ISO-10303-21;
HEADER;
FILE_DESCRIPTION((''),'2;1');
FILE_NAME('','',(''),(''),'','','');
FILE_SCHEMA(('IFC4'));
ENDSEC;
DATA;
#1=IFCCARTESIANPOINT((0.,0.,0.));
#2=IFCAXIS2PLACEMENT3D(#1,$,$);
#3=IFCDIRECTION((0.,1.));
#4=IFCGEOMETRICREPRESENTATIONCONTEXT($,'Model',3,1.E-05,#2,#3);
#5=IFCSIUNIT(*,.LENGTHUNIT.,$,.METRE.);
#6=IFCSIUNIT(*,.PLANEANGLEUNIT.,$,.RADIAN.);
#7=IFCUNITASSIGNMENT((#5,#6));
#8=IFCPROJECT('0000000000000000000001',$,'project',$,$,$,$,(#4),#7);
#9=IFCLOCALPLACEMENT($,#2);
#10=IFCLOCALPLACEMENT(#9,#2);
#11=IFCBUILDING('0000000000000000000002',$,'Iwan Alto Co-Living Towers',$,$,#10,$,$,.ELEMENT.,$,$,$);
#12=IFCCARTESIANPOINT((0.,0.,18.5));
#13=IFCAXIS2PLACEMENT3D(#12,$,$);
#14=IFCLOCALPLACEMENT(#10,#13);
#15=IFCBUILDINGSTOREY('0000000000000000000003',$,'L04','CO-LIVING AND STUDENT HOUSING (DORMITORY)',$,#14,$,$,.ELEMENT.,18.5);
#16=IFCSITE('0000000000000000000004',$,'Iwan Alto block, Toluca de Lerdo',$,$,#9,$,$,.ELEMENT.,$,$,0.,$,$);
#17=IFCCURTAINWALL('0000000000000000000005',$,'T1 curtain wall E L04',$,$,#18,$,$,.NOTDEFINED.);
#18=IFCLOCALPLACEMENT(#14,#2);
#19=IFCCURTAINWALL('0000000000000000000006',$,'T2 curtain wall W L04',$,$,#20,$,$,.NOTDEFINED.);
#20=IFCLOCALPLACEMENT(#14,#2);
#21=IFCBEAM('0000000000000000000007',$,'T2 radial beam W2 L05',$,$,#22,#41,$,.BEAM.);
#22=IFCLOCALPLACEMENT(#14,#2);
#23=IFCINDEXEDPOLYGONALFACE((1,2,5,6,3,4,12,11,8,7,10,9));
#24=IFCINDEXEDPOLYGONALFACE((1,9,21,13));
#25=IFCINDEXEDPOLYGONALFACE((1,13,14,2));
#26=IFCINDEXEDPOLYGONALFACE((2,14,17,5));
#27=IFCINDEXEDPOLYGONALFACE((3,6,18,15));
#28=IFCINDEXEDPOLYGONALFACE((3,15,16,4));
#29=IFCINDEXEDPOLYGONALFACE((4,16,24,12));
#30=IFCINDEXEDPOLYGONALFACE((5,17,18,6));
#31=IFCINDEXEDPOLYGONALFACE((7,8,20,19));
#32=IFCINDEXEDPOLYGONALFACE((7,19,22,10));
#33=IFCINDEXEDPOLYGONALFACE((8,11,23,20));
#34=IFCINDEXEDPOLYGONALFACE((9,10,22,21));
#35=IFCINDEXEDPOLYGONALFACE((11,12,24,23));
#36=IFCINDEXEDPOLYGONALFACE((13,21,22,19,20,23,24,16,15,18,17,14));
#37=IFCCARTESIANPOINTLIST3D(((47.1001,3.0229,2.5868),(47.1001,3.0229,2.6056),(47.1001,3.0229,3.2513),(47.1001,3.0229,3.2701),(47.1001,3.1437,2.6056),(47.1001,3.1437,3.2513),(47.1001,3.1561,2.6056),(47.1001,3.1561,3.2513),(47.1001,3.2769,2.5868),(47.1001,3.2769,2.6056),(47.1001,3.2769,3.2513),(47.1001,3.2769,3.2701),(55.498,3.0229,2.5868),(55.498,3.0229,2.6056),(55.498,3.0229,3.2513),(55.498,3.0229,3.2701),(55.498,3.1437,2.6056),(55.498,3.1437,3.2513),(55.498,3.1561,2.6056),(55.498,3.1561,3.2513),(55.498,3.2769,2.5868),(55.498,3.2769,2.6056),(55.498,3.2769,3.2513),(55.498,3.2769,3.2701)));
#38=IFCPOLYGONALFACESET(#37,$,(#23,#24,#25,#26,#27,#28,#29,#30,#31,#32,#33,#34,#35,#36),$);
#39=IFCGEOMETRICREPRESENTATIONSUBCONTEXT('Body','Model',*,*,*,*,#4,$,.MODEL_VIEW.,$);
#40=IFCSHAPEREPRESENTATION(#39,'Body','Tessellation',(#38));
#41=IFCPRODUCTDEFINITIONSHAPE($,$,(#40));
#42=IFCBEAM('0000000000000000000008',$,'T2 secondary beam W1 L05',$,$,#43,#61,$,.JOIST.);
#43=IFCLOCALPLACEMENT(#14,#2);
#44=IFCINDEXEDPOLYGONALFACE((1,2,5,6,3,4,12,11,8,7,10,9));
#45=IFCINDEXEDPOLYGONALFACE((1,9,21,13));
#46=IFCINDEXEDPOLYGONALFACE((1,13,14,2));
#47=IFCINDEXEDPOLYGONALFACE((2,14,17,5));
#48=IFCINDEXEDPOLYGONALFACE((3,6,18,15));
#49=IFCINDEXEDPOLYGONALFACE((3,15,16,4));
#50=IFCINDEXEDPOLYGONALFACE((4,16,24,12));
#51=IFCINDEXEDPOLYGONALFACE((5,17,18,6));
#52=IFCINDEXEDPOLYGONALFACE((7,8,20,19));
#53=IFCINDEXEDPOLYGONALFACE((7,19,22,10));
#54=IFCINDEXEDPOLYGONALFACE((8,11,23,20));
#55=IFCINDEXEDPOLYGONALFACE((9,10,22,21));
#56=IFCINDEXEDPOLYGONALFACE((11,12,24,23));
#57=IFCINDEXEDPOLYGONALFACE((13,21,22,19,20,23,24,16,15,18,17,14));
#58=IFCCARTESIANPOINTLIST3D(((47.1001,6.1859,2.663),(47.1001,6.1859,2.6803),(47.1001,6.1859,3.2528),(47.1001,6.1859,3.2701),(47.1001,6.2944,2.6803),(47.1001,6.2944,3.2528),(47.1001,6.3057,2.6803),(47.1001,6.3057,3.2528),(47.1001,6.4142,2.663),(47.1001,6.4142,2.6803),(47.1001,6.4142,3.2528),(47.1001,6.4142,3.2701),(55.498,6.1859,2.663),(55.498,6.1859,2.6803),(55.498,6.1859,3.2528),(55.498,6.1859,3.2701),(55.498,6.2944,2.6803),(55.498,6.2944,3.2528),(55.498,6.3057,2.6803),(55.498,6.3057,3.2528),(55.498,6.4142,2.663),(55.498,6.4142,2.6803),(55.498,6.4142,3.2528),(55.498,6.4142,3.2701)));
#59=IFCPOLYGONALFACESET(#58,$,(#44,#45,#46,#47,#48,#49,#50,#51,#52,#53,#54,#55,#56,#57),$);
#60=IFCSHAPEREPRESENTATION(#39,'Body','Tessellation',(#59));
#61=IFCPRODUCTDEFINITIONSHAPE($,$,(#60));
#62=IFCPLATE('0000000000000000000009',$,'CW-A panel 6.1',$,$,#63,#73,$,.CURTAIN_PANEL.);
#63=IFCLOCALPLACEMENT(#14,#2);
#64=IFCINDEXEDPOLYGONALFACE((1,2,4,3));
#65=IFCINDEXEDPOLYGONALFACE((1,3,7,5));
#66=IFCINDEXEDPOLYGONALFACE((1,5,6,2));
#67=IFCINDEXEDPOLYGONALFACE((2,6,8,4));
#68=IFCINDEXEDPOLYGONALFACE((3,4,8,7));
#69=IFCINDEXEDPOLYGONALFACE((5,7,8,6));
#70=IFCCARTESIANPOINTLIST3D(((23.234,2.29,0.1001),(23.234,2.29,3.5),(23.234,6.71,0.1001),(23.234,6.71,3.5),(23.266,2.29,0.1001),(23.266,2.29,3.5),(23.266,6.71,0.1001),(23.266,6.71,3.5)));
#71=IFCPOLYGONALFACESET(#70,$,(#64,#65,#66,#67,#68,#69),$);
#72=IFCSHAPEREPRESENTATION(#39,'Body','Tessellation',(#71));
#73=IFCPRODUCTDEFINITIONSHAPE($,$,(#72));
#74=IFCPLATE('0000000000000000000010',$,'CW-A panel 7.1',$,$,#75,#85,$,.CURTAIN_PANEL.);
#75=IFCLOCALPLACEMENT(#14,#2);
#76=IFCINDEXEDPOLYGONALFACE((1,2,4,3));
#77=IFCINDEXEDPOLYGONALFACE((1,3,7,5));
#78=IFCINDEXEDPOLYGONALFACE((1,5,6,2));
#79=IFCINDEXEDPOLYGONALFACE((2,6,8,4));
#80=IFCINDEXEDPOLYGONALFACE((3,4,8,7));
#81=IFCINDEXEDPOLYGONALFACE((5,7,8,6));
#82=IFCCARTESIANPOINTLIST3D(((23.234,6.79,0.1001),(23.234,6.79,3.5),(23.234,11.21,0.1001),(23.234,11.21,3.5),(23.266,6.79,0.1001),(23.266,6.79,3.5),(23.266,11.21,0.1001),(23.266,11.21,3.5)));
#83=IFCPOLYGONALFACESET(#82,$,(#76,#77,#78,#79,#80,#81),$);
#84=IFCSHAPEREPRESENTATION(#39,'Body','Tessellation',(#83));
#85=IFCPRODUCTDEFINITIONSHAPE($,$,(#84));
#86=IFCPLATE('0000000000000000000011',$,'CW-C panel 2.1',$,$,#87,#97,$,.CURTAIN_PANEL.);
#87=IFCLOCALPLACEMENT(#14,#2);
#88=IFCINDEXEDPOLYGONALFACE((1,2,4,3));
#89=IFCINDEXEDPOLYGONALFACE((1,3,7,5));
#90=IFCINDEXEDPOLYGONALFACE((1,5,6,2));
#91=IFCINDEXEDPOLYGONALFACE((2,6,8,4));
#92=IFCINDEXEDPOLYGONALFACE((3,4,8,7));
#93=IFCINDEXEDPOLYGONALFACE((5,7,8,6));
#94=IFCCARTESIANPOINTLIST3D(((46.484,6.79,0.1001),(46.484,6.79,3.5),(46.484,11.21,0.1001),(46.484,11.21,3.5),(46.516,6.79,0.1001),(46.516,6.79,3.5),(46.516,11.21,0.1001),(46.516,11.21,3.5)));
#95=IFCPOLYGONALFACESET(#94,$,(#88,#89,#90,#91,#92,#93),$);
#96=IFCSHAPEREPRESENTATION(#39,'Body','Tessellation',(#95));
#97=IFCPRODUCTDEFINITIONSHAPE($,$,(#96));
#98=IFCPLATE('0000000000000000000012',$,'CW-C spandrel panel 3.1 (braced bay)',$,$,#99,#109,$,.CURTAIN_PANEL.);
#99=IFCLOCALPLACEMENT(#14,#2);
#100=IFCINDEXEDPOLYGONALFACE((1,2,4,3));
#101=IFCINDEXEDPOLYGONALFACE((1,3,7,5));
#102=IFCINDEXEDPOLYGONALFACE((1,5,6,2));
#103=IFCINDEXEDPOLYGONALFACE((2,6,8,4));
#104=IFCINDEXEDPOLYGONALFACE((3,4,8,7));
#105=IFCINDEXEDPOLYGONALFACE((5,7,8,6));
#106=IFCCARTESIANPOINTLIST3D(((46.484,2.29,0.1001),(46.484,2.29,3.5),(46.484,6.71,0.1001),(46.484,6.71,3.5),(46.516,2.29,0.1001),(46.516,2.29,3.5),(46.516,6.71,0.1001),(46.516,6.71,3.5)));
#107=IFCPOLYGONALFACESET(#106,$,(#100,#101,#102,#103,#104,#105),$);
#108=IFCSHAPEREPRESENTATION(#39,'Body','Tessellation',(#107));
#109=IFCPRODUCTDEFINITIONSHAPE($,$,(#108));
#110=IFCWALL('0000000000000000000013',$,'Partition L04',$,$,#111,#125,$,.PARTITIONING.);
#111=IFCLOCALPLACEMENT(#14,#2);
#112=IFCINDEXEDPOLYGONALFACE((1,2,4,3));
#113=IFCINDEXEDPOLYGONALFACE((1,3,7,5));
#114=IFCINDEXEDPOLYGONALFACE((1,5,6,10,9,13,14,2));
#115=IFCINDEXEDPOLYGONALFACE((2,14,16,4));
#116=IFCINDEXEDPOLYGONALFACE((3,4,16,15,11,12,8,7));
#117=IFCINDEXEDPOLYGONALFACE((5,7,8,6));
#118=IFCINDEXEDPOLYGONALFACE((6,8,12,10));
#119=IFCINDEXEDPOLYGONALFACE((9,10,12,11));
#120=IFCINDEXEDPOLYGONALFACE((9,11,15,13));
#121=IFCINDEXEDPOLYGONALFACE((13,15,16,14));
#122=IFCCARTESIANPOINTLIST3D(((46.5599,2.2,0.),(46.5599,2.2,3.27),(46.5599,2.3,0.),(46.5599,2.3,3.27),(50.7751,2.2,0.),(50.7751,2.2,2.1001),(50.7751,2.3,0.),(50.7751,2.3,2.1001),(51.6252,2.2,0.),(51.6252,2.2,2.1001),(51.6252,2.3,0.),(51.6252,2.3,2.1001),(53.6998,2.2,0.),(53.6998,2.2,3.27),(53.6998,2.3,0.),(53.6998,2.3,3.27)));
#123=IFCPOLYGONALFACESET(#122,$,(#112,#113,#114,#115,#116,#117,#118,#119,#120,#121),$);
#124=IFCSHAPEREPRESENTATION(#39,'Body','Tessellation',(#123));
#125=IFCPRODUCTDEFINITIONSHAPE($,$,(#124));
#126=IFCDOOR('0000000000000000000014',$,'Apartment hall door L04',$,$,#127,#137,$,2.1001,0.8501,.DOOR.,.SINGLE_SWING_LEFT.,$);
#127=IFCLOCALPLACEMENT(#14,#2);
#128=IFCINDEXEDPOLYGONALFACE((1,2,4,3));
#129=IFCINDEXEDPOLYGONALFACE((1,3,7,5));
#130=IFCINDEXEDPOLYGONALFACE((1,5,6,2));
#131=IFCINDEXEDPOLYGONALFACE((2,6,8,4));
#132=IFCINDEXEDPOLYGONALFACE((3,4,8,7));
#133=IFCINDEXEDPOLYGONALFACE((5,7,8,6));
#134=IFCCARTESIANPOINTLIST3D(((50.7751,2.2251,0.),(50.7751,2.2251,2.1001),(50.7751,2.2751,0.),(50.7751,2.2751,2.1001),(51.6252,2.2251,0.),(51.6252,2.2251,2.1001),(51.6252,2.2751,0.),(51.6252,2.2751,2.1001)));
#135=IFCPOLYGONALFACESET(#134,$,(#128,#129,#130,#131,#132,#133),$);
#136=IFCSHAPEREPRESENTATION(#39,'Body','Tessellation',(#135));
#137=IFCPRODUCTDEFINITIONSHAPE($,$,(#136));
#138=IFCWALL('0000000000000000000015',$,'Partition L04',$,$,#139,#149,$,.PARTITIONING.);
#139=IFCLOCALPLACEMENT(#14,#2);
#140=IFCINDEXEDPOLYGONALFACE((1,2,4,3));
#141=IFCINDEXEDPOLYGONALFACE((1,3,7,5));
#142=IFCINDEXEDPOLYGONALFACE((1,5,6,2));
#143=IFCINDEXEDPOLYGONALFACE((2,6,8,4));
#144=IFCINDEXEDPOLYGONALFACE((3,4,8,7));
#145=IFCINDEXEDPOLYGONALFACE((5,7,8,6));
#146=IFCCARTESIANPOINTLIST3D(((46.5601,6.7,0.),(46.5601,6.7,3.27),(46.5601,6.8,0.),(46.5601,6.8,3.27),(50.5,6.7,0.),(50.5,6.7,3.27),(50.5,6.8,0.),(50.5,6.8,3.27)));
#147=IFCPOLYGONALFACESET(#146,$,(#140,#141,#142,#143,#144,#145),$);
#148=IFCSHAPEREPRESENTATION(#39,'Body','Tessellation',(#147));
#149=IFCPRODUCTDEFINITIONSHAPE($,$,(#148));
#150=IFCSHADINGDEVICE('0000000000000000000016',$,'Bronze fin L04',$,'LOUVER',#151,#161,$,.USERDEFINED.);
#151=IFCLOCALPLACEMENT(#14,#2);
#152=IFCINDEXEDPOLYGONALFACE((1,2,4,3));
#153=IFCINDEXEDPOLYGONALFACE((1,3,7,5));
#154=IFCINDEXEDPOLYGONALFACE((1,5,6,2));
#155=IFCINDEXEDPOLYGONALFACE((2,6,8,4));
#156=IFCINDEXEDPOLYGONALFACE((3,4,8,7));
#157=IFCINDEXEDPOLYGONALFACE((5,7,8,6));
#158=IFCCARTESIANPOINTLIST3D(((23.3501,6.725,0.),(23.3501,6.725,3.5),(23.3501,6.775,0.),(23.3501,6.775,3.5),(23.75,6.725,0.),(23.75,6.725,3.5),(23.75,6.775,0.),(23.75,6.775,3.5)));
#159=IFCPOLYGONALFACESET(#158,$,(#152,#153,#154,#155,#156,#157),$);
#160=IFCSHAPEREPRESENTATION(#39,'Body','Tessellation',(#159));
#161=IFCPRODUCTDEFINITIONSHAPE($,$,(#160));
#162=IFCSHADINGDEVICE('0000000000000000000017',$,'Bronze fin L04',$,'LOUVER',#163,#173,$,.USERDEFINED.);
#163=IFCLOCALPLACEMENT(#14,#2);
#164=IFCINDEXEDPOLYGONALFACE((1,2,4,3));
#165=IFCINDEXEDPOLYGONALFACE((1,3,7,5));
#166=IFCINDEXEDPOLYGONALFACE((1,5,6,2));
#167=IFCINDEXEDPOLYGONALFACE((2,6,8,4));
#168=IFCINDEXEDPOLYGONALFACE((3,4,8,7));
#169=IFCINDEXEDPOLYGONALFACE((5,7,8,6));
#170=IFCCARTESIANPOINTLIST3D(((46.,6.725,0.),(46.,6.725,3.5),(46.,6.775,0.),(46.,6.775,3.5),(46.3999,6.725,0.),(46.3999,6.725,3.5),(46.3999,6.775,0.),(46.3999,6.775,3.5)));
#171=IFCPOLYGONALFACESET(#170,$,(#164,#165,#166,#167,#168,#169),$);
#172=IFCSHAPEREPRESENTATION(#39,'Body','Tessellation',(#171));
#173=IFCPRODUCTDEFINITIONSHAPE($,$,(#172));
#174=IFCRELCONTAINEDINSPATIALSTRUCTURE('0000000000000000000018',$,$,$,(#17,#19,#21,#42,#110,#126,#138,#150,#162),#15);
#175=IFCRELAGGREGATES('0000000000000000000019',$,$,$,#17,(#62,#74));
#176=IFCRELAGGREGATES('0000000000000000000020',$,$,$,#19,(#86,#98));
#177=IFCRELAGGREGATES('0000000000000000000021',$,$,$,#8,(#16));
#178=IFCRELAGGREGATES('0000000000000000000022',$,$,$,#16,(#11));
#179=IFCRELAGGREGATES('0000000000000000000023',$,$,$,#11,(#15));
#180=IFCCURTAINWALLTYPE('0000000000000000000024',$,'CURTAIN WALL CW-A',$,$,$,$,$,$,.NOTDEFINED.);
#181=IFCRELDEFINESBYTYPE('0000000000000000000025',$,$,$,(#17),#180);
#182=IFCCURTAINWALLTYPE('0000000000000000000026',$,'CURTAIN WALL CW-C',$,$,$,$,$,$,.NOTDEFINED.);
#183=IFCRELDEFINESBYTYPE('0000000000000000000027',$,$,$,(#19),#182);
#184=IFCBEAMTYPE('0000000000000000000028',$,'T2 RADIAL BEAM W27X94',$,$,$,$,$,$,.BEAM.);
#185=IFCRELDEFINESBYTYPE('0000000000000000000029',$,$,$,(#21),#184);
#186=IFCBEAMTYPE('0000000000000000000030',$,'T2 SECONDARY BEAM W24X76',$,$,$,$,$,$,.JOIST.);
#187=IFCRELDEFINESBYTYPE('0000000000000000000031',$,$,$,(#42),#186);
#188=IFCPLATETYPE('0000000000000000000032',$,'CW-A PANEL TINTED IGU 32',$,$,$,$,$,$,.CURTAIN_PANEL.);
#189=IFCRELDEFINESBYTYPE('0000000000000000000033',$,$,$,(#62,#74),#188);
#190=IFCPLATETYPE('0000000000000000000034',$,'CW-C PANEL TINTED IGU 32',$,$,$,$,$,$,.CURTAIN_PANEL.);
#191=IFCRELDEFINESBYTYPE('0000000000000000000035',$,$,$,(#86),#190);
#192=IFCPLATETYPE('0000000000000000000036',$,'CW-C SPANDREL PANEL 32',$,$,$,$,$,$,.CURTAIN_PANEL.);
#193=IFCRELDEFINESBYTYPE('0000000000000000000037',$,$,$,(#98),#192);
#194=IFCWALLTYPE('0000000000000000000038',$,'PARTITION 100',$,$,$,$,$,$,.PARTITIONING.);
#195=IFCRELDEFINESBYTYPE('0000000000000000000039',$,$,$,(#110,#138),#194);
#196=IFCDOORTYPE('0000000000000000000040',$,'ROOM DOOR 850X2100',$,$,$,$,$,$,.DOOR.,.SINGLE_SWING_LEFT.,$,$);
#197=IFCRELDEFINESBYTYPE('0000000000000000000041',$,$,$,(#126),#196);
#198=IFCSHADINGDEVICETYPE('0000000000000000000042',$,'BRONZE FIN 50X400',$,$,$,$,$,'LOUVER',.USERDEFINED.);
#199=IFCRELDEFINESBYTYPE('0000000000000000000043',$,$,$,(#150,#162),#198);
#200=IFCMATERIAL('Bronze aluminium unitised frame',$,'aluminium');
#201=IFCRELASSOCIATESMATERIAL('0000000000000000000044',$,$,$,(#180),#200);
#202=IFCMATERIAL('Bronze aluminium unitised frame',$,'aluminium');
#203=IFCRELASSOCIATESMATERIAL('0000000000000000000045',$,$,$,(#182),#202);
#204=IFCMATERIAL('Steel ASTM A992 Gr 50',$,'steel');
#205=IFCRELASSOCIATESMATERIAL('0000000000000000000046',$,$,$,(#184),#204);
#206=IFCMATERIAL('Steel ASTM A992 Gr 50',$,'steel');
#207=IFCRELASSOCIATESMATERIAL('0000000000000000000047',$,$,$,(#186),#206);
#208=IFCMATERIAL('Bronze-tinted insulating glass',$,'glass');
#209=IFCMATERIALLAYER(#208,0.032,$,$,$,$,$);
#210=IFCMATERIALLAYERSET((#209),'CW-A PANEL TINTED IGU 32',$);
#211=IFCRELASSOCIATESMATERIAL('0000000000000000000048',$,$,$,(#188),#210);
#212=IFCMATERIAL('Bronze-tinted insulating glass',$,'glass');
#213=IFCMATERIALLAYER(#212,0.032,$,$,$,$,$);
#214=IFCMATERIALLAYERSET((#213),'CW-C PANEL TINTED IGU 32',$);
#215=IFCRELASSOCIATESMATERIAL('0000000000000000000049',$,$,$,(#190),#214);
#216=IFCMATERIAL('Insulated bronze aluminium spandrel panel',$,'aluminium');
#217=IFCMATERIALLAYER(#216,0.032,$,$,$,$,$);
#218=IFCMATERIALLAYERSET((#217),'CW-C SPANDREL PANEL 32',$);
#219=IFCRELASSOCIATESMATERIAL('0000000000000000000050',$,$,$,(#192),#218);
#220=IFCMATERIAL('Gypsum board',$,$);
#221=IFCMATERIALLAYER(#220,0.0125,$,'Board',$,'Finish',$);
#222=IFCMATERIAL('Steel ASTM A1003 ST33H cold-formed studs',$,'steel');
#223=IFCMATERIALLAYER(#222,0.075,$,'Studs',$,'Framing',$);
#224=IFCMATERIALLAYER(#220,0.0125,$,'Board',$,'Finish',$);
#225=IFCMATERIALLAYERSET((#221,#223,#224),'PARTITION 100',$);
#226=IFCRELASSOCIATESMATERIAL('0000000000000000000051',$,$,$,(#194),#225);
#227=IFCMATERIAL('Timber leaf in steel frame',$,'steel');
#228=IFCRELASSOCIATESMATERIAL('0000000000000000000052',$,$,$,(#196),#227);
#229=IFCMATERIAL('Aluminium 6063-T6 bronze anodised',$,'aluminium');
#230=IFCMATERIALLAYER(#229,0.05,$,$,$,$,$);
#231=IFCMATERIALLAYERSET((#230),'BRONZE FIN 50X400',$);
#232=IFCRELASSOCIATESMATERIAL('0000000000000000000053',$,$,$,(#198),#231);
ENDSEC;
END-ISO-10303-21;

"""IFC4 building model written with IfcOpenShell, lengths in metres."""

from ifc_helpers import new_model, si_unit, direction, frame, frame_2d, origin, origin_2d, place, context, subcontext, project, spatial, rectangle, i_section, extrude, material, layer, layer_set, material_profile, profile_set, type_object, element, fill, aggregate, save


model = new_model("IFC4")

# Units and contexts
model_context = context("Model", 3, precision=1e-05, world=origin(), true_north=direction((0.0, 1.0)))
body_context = subcontext(model_context, "Body", "Model", "MODEL_VIEW")
ifc_project = project(units=[si_unit("LENGTHUNIT", "METRE"), si_unit("PLANEANGLEUNIT", "RADIAN")], contexts=[model_context])

# Site, building, storey
site_placement = place(None, origin())
site = spatial("IfcSite", under=ifc_project, at=site_placement, Name="Iwan Alto block, Toluca de Lerdo", CompositionType="ELEMENT", RefElevation=0.0)
building_placement = place(site_placement, origin())
building = spatial("IfcBuilding", under=site, at=building_placement, Name="Iwan Alto Co-Living Towers", CompositionType="ELEMENT")
storey_placement = place(building_placement, frame((0.0, 0.0, 18.5)))
storey = spatial("IfcBuildingStorey", under=building, at=storey_placement, Name="L04", Description="CO-LIVING AND STUDENT HOUSING (DORMITORY)", CompositionType="ELEMENT", Elevation=18.5)

# Curtain walls
ifc_material_1 = material(Name="Bronze aluminium unitised frame", Category="aluminium")
curtain_wall_type_1 = type_object("IfcCurtainWallType", Name="CURTAIN WALL CW-A", PredefinedType="NOTDEFINED", material=ifc_material_1)
curtain_wall_1_placement = place(storey_placement, origin())
curtain_wall_1 = element("IfcCurtainWall", 1, at=curtain_wall_1_placement, inside=storey, type_object=curtain_wall_type_1, Name="T1 curtain wall E L04", PredefinedType="NOTDEFINED")
ifc_material_2 = material(Name="Bronze aluminium unitised frame", Category="aluminium")
curtain_wall_type_2 = type_object("IfcCurtainWallType", Name="CURTAIN WALL CW-C", PredefinedType="NOTDEFINED", material=ifc_material_2)
curtain_wall_2_placement = place(storey_placement, origin())
curtain_wall_2 = element("IfcCurtainWall", 2, at=curtain_wall_2_placement, inside=storey, type_object=curtain_wall_type_2, Name="T2 curtain wall W L04", PredefinedType="NOTDEFINED")

# Beams
ifc_material_3 = material(Name="Steel ASTM A992 Gr 50", Category="steel")
ifc_material_profile_1 = material_profile(ifc_material_3, i_section(OverallWidth=0.2539, OverallDepth=0.6833, WebThickness=0.0125, FlangeThickness=0.0188, at=origin_2d()), Name="W27X94")
ifc_profile_set_1 = profile_set([ifc_material_profile_1], Name="Steel ASTM A992 Gr 50")
beam_type_1 = type_object("IfcBeamType", Name="T2 RADIAL BEAM W27X94", PredefinedType="BEAM", material=ifc_profile_set_1)
beam_1_placement = place(storey_placement, frame((47.1001, 3.1499, 2.9285), z_axis=(1.0, 0.0, 0.0), x_axis=(0.0, 1.0, 0.0)))
element("IfcBeam", 3, at=beam_1_placement, inside=storey, type_object=beam_type_1, Name="T2 radial beam W2 L05", PredefinedType="BEAM", context=body_context, shape_type="SweptSolid", body=[
    extrude(i_section(OverallWidth=0.2539, OverallDepth=0.6833, WebThickness=0.0125, FlangeThickness=0.0188, at=origin_2d()), origin(), (0.0, 0.0, 1.0), 8.3979),
])
ifc_material_4 = material(Name="Steel ASTM A992 Gr 50", Category="steel")
ifc_material_profile_2 = material_profile(ifc_material_4, i_section(OverallWidth=0.2283, OverallDepth=0.6072, WebThickness=0.0112, FlangeThickness=0.0173, at=origin_2d()), Name="W24X76")
ifc_profile_set_2 = profile_set([ifc_material_profile_2], Name="Steel ASTM A992 Gr 50")
beam_type_2 = type_object("IfcBeamType", Name="T2 SECONDARY BEAM W24X76", PredefinedType="JOIST", material=ifc_profile_set_2)
beam_2_placement = place(storey_placement, frame((47.1001, 6.3, 2.9666), z_axis=(1.0, 0.0, 0.0), x_axis=(0.0, 1.0, 0.0)))
element("IfcBeam", 4, at=beam_2_placement, inside=storey, type_object=beam_type_2, Name="T2 secondary beam W1 L05", PredefinedType="JOIST", context=body_context, shape_type="SweptSolid", body=[
    extrude(i_section(OverallWidth=0.2283, OverallDepth=0.6072, WebThickness=0.0112, FlangeThickness=0.0173, at=origin_2d()), origin(), (0.0, 0.0, 1.0), 8.3979),
])

# Plates
ifc_material_5 = material(Name="Bronze-tinted insulating glass", Category="glass")
ifc_layer_1 = layer(ifc_material_5, 0.032)
ifc_layer_set_1 = layer_set([ifc_layer_1], Name="CW-A PANEL TINTED IGU 32")
plate_type_1 = type_object("IfcPlateType", Name="CW-A PANEL TINTED IGU 32", PredefinedType="CURTAIN_PANEL", material=ifc_layer_set_1)
plate_1_placement = place(storey_placement, frame((23.25, 4.5, 0.1001), z_axis=(0.0, 0.0, 1.0), x_axis=(0.0, 1.0, 0.0)))
plate_1 = element("IfcPlate", 5, at=plate_1_placement, type_object=plate_type_1, Name="CW-A panel 6.1", PredefinedType="CURTAIN_PANEL", context=body_context, shape_type="SweptSolid", body=[
    extrude(rectangle(XDim=4.4199, YDim=0.032, at=origin_2d()), origin(), (0.0, 0.0, 1.0), 3.3999),
])
plate_2_placement = place(storey_placement, frame((23.25, 9.0, 0.1001), z_axis=(0.0, 0.0, 1.0), x_axis=(0.0, 1.0, 0.0)))
plate_2 = element("IfcPlate", 6, at=plate_2_placement, type_object=plate_type_1, Name="CW-A panel 7.1", PredefinedType="CURTAIN_PANEL", context=body_context, shape_type="SweptSolid", body=[
    extrude(rectangle(XDim=4.4199, YDim=0.032, at=origin_2d()), origin(), (0.0, 0.0, 1.0), 3.3999),
])
aggregate(curtain_wall_1, [plate_1, plate_2])
ifc_material_6 = material(Name="Bronze-tinted insulating glass", Category="glass")
ifc_layer_2 = layer(ifc_material_6, 0.032)
ifc_layer_set_2 = layer_set([ifc_layer_2], Name="CW-C PANEL TINTED IGU 32")
plate_type_2 = type_object("IfcPlateType", Name="CW-C PANEL TINTED IGU 32", PredefinedType="CURTAIN_PANEL", material=ifc_layer_set_2)
plate_3_placement = place(storey_placement, frame((46.5, 9.0, 0.1001), z_axis=(0.0, 0.0, 1.0), x_axis=(0.0, -1.0, 0.0)))
plate_3 = element("IfcPlate", 7, at=plate_3_placement, type_object=plate_type_2, Name="CW-C panel 2.1", PredefinedType="CURTAIN_PANEL", context=body_context, shape_type="SweptSolid", body=[
    extrude(rectangle(XDim=4.4199, YDim=0.032, at=origin_2d()), origin(), (0.0, 0.0, 1.0), 3.3999),
])
ifc_material_7 = material(Name="Insulated bronze aluminium spandrel panel", Category="aluminium")
ifc_layer_3 = layer(ifc_material_7, 0.032)
ifc_layer_set_3 = layer_set([ifc_layer_3], Name="CW-C SPANDREL PANEL 32")
plate_type_3 = type_object("IfcPlateType", Name="CW-C SPANDREL PANEL 32", PredefinedType="CURTAIN_PANEL", material=ifc_layer_set_3)
plate_4_placement = place(storey_placement, frame((46.5, 4.5, 0.1001), z_axis=(0.0, 0.0, 1.0), x_axis=(0.0, -1.0, 0.0)))
plate_4 = element("IfcPlate", 8, at=plate_4_placement, type_object=plate_type_3, Name="CW-C spandrel panel 3.1 (braced bay)", PredefinedType="CURTAIN_PANEL", context=body_context, shape_type="SweptSolid", body=[
    extrude(rectangle(XDim=4.4199, YDim=0.032, at=origin_2d()), origin(), (0.0, 0.0, 1.0), 3.3999),
])
aggregate(curtain_wall_2, [plate_3, plate_4])

# Wall, opening, door
ifc_material_8 = material(Name="Gypsum board")
ifc_layer_4 = layer(ifc_material_8, 0.0125, Name="Board", Category="Finish")
ifc_material_9 = material(Name="Steel ASTM A1003 ST33H cold-formed studs", Category="steel")
ifc_layer_5 = layer(ifc_material_9, 0.075, Name="Studs", Category="Framing")
ifc_layer_6 = layer(ifc_material_8, 0.0125, Name="Board", Category="Finish")
ifc_layer_set_4 = layer_set([ifc_layer_4, ifc_layer_5, ifc_layer_6], Name="PARTITION 100")
wall_type = type_object("IfcWallType", Name="PARTITION 100", PredefinedType="PARTITIONING", material=ifc_layer_set_4)
wall_1_placement = place(storey_placement, frame((46.5601, 2.25, 0.0), z_axis=(0.0, 0.0, 1.0), x_axis=(1.0, 0.0, 0.0)))
wall_1 = element("IfcWall", 9, at=wall_1_placement, inside=storey, type_object=wall_type, Name="Partition L04", PredefinedType="PARTITIONING", context=body_context, shape_type="SweptSolid", body=[
    extrude(rectangle(XDim=7.1399, YDim=0.1001, at=frame_2d((3.5698, 0.0))), origin(), (0.0, 0.0, 1.0), 3.27),
])
opening_placement = place(wall_1_placement, frame((4.2151, 0.0, 0.0)))
opening = element("IfcOpeningElement", 10, at=opening_placement, cuts=wall_1, PredefinedType="OPENING", context=body_context, shape_type="SweptSolid", body=[
    extrude(rectangle(XDim=0.8501, YDim=2.1001, at=frame_2d((0.425, 1.05))), frame((0.0, 0.0601, 0.0), z_axis=(0.0, -1.0, 0.0), x_axis=(1.0, 0.0, 0.0)), (0.0, 0.0, 1.0), 0.1201),
])
ifc_material_10 = material(Name="Timber leaf in steel frame", Category="steel")
door_type = type_object("IfcDoorType", Name="ROOM DOOR 850X2100", OperationType="SINGLE_SWING_LEFT", PredefinedType="DOOR", material=ifc_material_10)
door_placement = place(opening_placement, frame((0.8501, 0.0, 0.0), z_axis=(0.0, 0.0, 1.0), x_axis=(-1.0, 0.0, 0.0)))
door = element("IfcDoor", 11, at=door_placement, inside=storey, type_object=door_type, Name="Apartment hall door L04", OperationType="SINGLE_SWING_LEFT", OverallHeight=2.1001, OverallWidth=0.8501, PredefinedType="DOOR", context=body_context, shape_type="SweptSolid", body=[
    extrude(rectangle(XDim=0.8501, YDim=2.1001, at=frame_2d((0.425, 1.05))), frame((0.0, 0.0249, 0.0), z_axis=(0.0, -1.0, 0.0), x_axis=(1.0, 0.0, 0.0)), (0.0, 0.0, 1.0), 0.05),
])
fill(opening, door)

# Wall
wall_2_placement = place(storey_placement, frame((46.5601, 6.75, 0.0), z_axis=(0.0, 0.0, 1.0), x_axis=(1.0, 0.0, 0.0)))
element("IfcWall", 12, at=wall_2_placement, inside=storey, type_object=wall_type, Name="Partition L04", PredefinedType="PARTITIONING", context=body_context, shape_type="SweptSolid", body=[
    extrude(rectangle(XDim=3.9399, YDim=0.1001, at=frame_2d((1.97, 0.0))), origin(), (0.0, 0.0, 1.0), 3.27),
])

# Shading devices
ifc_material_11 = material(Name="Aluminium 6063-T6 bronze anodised", Category="aluminium")
ifc_layer_7 = layer(ifc_material_11, 0.05)
ifc_layer_set_5 = layer_set([ifc_layer_7], Name="BRONZE FIN 50X400")
shading_device_type = type_object("IfcShadingDeviceType", Name="BRONZE FIN 50X400", ElementType="LOUVER", PredefinedType="USERDEFINED", material=ifc_layer_set_5)
for number, where, z_axis, x_axis, name in (
    (13, (23.55, 6.75, 0.0), (0.0, 0.0, 1.0), (0.0, 1.0, 0.0), "Bronze fin L04"),
    (14, (46.2, 6.75, 0.0), (0.0, 0.0, 1.0), (0.0, -1.0, 0.0), "Bronze fin L04"),
):
    element("IfcShadingDevice", number, at=place(storey_placement, frame(where, z_axis=z_axis, x_axis=x_axis)), inside=storey, type_object=shading_device_type, Name=name, ObjectType="LOUVER", PredefinedType="USERDEFINED", context=body_context, shape_type="SweptSolid", body=[
        extrude(rectangle(XDim=0.05, YDim=0.3999, at=origin_2d()), origin(), (0.0, 0.0, 1.0), 3.5),
    ])

save(model, "model.ifc")
